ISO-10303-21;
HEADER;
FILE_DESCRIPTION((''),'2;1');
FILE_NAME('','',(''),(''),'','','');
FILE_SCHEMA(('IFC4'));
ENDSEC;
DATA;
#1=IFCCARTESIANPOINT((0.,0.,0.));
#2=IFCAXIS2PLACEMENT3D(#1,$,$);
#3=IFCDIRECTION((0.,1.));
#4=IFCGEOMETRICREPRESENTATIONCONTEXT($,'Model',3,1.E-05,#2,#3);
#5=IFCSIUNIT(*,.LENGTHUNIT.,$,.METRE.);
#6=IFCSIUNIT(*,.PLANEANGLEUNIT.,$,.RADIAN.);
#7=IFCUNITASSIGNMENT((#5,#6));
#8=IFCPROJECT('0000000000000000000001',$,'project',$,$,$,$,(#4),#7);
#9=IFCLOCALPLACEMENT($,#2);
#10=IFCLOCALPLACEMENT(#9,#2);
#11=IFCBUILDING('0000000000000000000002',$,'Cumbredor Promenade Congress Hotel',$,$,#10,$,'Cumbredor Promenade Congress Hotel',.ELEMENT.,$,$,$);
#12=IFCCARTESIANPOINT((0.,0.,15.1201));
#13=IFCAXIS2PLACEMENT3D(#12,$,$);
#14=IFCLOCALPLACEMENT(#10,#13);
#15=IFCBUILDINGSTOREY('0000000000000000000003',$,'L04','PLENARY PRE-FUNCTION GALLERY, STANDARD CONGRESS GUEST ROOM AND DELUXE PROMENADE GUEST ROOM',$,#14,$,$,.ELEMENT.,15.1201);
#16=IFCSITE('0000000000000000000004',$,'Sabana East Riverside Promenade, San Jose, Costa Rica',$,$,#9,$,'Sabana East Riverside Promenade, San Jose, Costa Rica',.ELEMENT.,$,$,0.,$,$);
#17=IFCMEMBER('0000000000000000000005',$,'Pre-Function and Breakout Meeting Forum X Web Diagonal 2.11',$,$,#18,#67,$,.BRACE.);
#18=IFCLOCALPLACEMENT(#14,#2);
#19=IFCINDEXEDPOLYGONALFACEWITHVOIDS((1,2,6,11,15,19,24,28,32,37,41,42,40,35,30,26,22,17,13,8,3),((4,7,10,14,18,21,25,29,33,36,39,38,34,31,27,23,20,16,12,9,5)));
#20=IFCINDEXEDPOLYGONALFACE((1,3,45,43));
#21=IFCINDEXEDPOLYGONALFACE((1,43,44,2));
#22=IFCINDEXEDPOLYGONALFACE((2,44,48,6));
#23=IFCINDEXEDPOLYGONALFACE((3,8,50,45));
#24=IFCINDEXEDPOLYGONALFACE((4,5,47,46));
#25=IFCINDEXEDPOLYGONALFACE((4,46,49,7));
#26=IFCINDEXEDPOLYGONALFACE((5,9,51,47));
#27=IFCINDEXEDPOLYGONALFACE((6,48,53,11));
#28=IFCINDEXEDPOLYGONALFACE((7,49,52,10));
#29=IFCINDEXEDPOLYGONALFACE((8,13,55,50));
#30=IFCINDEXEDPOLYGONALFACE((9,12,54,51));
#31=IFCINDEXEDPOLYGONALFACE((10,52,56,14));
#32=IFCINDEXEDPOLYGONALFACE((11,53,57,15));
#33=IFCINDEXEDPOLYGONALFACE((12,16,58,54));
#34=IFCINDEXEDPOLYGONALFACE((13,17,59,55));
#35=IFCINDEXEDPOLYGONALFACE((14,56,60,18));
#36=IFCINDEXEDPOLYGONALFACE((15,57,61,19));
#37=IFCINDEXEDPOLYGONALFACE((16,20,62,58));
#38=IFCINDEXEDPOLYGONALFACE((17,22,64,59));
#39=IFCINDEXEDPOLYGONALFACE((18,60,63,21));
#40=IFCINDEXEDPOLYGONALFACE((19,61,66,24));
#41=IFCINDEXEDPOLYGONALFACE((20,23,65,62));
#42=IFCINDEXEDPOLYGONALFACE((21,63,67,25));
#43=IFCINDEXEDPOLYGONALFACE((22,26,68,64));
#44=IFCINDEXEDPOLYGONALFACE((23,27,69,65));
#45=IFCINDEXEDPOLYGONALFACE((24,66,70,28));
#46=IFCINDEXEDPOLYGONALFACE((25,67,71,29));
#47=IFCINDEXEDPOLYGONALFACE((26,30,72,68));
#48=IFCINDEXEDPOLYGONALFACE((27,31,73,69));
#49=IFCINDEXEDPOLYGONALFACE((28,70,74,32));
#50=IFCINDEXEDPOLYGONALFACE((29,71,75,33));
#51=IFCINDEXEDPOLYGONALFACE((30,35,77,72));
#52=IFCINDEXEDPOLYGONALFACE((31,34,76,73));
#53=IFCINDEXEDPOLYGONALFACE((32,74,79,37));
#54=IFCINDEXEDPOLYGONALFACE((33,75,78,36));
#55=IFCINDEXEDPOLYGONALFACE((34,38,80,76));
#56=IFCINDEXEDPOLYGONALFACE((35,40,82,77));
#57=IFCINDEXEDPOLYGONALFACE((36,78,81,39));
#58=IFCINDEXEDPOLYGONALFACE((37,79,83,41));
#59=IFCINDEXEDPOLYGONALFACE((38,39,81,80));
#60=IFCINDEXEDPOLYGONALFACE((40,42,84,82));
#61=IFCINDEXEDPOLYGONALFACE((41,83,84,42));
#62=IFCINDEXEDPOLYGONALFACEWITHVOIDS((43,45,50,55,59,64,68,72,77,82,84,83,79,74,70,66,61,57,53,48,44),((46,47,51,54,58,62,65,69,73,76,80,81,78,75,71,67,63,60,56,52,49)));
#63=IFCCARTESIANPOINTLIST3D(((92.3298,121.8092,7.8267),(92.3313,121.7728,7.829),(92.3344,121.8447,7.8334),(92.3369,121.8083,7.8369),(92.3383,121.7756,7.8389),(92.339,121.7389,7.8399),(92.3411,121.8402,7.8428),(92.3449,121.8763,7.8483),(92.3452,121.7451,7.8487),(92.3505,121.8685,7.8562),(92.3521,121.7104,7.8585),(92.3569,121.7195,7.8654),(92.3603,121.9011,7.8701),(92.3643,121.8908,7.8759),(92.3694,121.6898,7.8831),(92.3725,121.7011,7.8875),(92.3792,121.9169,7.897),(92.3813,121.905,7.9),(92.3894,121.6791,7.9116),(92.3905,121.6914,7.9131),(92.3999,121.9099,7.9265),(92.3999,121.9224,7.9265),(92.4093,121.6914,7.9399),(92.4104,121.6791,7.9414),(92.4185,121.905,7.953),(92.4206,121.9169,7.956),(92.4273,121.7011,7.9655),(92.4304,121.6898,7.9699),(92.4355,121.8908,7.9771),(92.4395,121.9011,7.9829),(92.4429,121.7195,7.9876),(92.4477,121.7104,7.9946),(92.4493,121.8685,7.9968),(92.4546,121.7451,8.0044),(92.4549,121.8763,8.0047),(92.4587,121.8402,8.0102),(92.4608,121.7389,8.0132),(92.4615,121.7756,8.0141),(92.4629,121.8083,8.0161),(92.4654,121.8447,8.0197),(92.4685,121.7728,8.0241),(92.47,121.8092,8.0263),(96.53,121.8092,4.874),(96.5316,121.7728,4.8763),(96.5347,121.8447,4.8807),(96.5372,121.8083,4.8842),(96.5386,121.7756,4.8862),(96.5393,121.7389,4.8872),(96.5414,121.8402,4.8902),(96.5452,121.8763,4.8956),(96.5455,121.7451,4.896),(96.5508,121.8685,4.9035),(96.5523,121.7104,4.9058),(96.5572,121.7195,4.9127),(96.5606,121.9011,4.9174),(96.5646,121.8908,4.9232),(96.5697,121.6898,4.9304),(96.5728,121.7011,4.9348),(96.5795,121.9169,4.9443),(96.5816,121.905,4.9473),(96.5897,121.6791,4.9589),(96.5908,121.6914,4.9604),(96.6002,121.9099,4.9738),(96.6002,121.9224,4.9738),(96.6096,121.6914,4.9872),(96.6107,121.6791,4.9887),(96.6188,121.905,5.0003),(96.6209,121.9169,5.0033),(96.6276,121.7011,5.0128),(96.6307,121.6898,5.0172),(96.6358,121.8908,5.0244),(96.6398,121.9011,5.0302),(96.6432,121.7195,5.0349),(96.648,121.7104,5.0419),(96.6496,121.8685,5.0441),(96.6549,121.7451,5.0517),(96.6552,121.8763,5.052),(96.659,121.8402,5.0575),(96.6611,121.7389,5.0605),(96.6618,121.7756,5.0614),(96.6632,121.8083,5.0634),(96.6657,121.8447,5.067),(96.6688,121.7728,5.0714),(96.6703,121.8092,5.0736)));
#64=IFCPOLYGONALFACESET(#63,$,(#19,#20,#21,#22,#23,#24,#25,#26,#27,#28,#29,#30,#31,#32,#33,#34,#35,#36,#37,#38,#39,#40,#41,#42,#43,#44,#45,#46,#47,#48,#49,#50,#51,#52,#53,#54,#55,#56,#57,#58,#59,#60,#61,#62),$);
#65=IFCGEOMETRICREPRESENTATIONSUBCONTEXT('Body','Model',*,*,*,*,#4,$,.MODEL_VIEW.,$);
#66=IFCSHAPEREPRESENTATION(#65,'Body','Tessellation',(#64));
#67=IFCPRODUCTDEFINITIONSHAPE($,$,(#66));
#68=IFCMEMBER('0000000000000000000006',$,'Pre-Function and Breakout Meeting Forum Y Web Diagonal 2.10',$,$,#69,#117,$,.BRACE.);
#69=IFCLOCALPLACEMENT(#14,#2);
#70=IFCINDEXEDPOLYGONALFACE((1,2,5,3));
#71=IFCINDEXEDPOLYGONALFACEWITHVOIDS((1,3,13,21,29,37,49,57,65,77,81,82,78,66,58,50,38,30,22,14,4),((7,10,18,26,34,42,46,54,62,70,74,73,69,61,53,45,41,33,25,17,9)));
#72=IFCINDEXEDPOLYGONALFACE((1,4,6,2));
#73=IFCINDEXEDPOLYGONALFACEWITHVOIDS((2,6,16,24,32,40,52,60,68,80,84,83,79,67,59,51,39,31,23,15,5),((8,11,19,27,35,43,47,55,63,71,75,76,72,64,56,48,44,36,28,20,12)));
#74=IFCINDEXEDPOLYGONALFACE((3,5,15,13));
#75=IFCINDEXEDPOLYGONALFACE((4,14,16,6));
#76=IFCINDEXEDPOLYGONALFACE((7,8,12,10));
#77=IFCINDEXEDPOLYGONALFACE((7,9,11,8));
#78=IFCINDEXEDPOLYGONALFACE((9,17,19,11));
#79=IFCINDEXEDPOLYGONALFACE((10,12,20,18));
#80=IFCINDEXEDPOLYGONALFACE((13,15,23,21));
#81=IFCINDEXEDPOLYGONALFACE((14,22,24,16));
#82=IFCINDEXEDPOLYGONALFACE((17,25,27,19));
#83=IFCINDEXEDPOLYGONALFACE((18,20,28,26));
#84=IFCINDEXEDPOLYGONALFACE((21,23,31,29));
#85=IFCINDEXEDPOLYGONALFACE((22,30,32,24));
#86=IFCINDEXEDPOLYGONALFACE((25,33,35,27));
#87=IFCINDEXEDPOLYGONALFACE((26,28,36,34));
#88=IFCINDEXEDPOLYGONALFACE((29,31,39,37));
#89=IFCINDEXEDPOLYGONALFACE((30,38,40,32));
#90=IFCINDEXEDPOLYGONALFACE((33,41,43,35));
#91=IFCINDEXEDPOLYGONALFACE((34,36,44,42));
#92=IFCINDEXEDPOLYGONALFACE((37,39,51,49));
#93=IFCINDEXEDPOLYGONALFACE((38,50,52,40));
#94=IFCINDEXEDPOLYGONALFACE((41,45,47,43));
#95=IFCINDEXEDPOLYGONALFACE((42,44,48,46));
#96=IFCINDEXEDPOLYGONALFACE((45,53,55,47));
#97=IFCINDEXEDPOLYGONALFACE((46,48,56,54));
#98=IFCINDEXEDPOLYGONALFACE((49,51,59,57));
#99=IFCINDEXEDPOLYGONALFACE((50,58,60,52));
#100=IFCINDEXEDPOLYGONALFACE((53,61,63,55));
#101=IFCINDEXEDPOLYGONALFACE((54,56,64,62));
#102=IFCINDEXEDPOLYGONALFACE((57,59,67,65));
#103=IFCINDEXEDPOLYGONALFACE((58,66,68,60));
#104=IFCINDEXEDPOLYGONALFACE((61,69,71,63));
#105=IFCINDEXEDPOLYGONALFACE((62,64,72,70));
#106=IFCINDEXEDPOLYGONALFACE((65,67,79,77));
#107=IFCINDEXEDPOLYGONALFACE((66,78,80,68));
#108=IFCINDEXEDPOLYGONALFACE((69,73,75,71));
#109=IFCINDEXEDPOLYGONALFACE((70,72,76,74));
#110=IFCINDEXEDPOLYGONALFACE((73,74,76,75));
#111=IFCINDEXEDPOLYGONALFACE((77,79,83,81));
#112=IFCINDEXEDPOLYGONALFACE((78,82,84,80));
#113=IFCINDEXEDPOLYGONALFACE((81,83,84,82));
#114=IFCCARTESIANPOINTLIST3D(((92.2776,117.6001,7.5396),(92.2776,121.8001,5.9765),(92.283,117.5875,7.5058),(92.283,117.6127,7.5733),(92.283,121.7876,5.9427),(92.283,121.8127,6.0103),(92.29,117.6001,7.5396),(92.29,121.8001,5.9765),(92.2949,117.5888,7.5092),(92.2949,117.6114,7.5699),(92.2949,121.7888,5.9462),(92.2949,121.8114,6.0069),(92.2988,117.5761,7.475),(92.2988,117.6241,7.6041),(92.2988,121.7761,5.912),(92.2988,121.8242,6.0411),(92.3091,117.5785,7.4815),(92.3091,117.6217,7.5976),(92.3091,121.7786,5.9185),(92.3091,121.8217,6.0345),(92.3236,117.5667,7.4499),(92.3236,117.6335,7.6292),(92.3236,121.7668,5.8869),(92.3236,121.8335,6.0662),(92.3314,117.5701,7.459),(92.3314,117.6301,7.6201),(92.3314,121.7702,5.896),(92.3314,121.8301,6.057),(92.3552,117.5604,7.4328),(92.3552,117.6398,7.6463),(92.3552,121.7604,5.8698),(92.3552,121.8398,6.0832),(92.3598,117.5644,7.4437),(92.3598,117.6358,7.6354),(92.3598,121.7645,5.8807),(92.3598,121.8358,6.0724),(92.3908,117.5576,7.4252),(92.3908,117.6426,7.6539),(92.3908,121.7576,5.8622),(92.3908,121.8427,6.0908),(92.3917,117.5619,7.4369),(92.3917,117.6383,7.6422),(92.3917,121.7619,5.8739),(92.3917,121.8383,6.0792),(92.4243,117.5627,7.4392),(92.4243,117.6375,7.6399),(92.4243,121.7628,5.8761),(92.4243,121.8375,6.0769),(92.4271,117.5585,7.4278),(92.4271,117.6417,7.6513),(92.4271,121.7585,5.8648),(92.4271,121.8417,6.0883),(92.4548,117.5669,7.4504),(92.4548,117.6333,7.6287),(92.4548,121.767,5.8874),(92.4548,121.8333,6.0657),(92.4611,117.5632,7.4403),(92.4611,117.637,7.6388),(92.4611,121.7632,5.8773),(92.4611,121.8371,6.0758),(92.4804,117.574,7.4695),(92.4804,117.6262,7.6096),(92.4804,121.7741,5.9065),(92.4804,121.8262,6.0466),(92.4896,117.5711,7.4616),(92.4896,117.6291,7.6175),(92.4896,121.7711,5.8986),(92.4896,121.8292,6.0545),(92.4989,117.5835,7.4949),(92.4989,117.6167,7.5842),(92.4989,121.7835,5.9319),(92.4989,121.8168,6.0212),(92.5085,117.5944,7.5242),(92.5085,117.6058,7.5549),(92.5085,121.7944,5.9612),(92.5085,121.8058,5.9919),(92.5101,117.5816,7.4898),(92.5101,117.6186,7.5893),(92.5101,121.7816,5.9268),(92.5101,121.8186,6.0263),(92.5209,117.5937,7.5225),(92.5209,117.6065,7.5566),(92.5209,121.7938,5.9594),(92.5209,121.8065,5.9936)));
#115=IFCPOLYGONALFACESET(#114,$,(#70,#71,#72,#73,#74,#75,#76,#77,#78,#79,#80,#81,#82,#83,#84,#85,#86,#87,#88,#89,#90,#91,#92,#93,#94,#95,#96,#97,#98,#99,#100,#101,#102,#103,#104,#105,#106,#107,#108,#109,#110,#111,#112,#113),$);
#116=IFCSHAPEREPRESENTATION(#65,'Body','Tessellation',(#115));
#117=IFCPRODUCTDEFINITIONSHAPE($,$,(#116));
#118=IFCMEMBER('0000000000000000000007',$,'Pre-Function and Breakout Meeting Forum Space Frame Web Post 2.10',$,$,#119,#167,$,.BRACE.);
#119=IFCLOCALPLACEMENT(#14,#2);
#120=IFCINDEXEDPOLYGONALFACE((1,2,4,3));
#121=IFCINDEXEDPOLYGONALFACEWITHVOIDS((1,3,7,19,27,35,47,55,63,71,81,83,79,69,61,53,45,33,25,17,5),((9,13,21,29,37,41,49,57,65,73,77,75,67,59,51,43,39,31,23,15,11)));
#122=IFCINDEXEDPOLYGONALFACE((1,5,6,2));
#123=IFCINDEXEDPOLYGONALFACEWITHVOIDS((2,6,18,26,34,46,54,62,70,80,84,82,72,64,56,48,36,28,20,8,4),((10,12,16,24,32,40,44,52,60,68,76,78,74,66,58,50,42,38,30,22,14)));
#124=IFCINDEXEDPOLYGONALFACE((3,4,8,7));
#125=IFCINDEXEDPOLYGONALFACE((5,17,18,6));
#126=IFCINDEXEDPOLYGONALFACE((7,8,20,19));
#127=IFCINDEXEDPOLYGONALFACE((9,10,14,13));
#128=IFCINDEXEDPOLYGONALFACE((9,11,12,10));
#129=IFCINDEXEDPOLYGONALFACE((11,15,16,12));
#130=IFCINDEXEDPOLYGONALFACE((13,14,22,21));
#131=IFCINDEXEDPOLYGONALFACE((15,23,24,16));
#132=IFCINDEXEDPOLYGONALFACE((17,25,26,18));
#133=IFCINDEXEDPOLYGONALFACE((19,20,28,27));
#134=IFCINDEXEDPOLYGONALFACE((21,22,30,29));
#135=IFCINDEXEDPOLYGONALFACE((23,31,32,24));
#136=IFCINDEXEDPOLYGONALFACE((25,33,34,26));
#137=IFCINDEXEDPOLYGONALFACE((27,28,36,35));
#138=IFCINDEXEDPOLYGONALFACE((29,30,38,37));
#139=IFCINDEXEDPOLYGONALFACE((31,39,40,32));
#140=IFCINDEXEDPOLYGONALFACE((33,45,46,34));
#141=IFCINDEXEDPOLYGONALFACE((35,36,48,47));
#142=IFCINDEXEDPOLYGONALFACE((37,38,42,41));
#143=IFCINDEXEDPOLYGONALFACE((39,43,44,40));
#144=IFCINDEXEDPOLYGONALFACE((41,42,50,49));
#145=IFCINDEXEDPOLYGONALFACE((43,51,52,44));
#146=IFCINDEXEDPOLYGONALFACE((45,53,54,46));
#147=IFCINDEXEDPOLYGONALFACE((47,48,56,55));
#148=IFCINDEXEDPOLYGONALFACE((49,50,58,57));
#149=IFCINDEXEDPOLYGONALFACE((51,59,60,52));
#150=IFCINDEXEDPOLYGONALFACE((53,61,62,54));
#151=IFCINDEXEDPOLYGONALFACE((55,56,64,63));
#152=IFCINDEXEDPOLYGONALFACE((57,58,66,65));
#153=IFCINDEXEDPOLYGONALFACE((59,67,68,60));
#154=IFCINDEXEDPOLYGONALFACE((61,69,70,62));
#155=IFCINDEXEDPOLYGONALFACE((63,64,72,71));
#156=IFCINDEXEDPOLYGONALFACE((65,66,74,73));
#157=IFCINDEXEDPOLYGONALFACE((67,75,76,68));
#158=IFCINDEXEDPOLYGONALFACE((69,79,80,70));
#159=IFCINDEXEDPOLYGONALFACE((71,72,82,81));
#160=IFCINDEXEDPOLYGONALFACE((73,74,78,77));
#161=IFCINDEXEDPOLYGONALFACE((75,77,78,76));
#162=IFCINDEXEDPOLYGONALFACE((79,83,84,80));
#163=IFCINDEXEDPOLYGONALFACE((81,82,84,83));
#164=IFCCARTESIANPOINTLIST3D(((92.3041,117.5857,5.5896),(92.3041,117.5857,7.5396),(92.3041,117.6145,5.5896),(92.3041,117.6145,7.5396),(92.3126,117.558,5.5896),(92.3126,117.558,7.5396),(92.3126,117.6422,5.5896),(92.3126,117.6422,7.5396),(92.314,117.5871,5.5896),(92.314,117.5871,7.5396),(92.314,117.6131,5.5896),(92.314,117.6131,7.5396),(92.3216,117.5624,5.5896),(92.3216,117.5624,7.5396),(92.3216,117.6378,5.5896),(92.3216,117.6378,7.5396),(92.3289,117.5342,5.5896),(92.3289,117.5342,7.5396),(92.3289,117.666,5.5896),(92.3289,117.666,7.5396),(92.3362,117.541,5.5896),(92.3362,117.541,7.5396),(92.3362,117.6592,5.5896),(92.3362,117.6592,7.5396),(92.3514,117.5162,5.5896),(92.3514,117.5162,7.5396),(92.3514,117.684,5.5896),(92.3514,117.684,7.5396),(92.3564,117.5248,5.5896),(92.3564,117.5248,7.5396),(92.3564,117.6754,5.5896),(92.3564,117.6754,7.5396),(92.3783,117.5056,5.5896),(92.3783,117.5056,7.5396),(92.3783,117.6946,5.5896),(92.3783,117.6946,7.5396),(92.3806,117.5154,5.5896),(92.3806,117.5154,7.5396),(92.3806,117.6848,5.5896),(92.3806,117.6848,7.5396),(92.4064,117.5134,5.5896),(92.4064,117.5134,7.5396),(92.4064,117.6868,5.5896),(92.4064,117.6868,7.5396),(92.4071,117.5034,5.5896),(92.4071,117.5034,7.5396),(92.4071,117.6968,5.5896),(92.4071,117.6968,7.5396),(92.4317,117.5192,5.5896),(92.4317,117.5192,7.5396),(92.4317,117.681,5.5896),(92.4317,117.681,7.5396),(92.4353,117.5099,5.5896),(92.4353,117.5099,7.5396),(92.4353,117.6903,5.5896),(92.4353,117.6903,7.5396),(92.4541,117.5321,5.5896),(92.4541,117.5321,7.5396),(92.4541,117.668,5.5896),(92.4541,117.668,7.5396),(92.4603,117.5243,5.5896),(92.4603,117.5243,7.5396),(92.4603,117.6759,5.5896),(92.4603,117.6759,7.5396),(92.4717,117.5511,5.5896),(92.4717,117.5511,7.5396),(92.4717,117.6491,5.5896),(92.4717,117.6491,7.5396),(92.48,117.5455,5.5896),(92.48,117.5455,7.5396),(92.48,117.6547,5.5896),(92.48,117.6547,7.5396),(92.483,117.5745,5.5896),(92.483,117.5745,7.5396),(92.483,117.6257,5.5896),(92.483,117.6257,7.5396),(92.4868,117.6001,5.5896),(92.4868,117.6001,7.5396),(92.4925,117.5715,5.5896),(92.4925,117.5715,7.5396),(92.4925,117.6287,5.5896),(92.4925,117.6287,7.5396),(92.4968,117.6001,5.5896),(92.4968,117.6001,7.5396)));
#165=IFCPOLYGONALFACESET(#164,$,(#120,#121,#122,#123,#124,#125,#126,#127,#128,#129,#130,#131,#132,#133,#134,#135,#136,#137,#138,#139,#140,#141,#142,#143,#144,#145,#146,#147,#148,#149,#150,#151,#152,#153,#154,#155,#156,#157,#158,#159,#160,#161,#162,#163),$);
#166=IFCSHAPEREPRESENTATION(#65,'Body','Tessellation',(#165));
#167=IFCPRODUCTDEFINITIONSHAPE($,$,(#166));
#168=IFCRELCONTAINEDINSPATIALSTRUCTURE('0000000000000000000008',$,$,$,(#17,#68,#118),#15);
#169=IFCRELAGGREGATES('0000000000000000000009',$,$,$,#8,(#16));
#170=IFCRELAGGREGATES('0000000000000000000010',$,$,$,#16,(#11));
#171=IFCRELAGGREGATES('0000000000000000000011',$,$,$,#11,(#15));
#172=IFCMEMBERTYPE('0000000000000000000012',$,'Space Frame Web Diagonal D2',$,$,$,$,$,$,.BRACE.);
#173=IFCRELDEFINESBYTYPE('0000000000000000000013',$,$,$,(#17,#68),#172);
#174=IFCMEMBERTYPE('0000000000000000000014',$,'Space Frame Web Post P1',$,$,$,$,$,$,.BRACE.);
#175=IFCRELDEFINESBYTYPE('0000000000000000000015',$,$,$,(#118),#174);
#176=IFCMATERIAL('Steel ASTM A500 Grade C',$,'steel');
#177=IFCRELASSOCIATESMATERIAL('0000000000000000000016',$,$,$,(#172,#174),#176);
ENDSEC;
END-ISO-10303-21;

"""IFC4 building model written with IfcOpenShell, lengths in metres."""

from ifc_helpers import new_model, si_unit, direction, frame, origin, origin_2d, place, context, subcontext, project, spatial, hollow_circle, extrude, material, material_profile, profile_set, type_object, element, save


model = new_model("IFC4")

# Units and contexts
model_context = context("Model", 3, precision=1e-05, world=origin(), true_north=direction((0.0, 1.0)))
body_context = subcontext(model_context, "Body", "Model", "MODEL_VIEW")
ifc_project = project(units=[si_unit("LENGTHUNIT", "METRE"), si_unit("PLANEANGLEUNIT", "RADIAN")], contexts=[model_context])

# Site, building, storey
site_placement = place(None, origin())
site = spatial("IfcSite", under=ifc_project, at=site_placement, Name="Sabana East Riverside Promenade, San Jose, Costa Rica", LongName="Sabana East Riverside Promenade, San Jose, Costa Rica", CompositionType="ELEMENT", RefElevation=0.0)
building_placement = place(site_placement, origin())
building = spatial("IfcBuilding", under=site, at=building_placement, Name="Cumbredor Promenade Congress Hotel", LongName="Cumbredor Promenade Congress Hotel", CompositionType="ELEMENT")
storey_placement = place(building_placement, frame((0.0, 0.0, 15.1201)))
storey = spatial("IfcBuildingStorey", under=building, at=storey_placement, Name="L04", Description="PLENARY PRE-FUNCTION GALLERY, STANDARD CONGRESS GUEST ROOM AND DELUXE PROMENADE GUEST ROOM", CompositionType="ELEMENT", Elevation=15.1201)

# Members
ifc_material_1 = material(Name="Steel ASTM A500 Grade C", Category="steel")
ifc_material_profile_1 = material_profile(ifc_material_1, hollow_circle(Radius=0.1223, WallThickness=0.0125, at=origin_2d()), Name="CHS 244.5x12.5")
ifc_profile_set_1 = profile_set([ifc_material_profile_1], Name="Steel ASTM A500 Grade C")
member_type_1 = type_object("IfcMemberType", Name="Space Frame Web Diagonal D2", PredefinedType="BRACE", material=ifc_profile_set_1)
member_1_placement = place(storey_placement, frame((92.3999, 121.8, 7.9265), z_axis=(0.818086, 0.0, -0.575095), x_axis=(0.0, 1.0, 0.0)))
element("IfcMember", 1, at=member_1_placement, inside=storey, type_object=member_type_1, Name="Pre-Function and Breakout Meeting Forum X Web Diagonal 2.11", PredefinedType="BRACE", context=body_context, shape_type="SweptSolid", body=[
    extrude(hollow_circle(Radius=0.1223, WallThickness=0.0125, at=origin_2d()), origin(), (0.0, 0.0, 1.0), 5.1343),
])
member_2_placement = place(storey_placement, frame((92.3999, 117.6001, 7.5396), z_axis=(0.0, 0.937206, -0.348776), x_axis=(-1.0, 0.0, 0.0)))
element("IfcMember", 2, at=member_2_placement, inside=storey, type_object=member_type_1, Name="Pre-Function and Breakout Meeting Forum Y Web Diagonal 2.10", PredefinedType="BRACE", context=body_context, shape_type="SweptSolid", body=[
    extrude(hollow_circle(Radius=0.1223, WallThickness=0.0125, at=origin_2d()), origin(), (0.0, 0.0, 1.0), 4.4814),
])
ifc_material_profile_2 = material_profile(ifc_material_1, hollow_circle(Radius=0.0969, WallThickness=0.01, at=origin_2d()), Name="CHS 193.7x10")
ifc_profile_set_2 = profile_set([ifc_material_profile_2], Name="Steel ASTM A500 Grade C")
member_type_2 = type_object("IfcMemberType", Name="Space Frame Web Post P1", PredefinedType="BRACE", material=ifc_profile_set_2)
for number, where, z_axis, x_axis, name in (
    (3, (92.3999, 117.6001, 5.5896), (0.0, 0.0, 1.0), (1.0, 0.0, 0.0), "Pre-Function and Breakout Meeting Forum Space Frame Web Post 2.10"),
):
    element("IfcMember", number, at=place(storey_placement, frame(where, z_axis=z_axis, x_axis=x_axis)), inside=storey, type_object=member_type_2, Name=name, PredefinedType="BRACE", context=body_context, shape_type="SweptSolid", body=[
        extrude(hollow_circle(Radius=0.0969, WallThickness=0.01, at=origin_2d()), origin(), (0.0, 0.0, 1.0), 1.95),
    ])

save(model, "model.ifc")
